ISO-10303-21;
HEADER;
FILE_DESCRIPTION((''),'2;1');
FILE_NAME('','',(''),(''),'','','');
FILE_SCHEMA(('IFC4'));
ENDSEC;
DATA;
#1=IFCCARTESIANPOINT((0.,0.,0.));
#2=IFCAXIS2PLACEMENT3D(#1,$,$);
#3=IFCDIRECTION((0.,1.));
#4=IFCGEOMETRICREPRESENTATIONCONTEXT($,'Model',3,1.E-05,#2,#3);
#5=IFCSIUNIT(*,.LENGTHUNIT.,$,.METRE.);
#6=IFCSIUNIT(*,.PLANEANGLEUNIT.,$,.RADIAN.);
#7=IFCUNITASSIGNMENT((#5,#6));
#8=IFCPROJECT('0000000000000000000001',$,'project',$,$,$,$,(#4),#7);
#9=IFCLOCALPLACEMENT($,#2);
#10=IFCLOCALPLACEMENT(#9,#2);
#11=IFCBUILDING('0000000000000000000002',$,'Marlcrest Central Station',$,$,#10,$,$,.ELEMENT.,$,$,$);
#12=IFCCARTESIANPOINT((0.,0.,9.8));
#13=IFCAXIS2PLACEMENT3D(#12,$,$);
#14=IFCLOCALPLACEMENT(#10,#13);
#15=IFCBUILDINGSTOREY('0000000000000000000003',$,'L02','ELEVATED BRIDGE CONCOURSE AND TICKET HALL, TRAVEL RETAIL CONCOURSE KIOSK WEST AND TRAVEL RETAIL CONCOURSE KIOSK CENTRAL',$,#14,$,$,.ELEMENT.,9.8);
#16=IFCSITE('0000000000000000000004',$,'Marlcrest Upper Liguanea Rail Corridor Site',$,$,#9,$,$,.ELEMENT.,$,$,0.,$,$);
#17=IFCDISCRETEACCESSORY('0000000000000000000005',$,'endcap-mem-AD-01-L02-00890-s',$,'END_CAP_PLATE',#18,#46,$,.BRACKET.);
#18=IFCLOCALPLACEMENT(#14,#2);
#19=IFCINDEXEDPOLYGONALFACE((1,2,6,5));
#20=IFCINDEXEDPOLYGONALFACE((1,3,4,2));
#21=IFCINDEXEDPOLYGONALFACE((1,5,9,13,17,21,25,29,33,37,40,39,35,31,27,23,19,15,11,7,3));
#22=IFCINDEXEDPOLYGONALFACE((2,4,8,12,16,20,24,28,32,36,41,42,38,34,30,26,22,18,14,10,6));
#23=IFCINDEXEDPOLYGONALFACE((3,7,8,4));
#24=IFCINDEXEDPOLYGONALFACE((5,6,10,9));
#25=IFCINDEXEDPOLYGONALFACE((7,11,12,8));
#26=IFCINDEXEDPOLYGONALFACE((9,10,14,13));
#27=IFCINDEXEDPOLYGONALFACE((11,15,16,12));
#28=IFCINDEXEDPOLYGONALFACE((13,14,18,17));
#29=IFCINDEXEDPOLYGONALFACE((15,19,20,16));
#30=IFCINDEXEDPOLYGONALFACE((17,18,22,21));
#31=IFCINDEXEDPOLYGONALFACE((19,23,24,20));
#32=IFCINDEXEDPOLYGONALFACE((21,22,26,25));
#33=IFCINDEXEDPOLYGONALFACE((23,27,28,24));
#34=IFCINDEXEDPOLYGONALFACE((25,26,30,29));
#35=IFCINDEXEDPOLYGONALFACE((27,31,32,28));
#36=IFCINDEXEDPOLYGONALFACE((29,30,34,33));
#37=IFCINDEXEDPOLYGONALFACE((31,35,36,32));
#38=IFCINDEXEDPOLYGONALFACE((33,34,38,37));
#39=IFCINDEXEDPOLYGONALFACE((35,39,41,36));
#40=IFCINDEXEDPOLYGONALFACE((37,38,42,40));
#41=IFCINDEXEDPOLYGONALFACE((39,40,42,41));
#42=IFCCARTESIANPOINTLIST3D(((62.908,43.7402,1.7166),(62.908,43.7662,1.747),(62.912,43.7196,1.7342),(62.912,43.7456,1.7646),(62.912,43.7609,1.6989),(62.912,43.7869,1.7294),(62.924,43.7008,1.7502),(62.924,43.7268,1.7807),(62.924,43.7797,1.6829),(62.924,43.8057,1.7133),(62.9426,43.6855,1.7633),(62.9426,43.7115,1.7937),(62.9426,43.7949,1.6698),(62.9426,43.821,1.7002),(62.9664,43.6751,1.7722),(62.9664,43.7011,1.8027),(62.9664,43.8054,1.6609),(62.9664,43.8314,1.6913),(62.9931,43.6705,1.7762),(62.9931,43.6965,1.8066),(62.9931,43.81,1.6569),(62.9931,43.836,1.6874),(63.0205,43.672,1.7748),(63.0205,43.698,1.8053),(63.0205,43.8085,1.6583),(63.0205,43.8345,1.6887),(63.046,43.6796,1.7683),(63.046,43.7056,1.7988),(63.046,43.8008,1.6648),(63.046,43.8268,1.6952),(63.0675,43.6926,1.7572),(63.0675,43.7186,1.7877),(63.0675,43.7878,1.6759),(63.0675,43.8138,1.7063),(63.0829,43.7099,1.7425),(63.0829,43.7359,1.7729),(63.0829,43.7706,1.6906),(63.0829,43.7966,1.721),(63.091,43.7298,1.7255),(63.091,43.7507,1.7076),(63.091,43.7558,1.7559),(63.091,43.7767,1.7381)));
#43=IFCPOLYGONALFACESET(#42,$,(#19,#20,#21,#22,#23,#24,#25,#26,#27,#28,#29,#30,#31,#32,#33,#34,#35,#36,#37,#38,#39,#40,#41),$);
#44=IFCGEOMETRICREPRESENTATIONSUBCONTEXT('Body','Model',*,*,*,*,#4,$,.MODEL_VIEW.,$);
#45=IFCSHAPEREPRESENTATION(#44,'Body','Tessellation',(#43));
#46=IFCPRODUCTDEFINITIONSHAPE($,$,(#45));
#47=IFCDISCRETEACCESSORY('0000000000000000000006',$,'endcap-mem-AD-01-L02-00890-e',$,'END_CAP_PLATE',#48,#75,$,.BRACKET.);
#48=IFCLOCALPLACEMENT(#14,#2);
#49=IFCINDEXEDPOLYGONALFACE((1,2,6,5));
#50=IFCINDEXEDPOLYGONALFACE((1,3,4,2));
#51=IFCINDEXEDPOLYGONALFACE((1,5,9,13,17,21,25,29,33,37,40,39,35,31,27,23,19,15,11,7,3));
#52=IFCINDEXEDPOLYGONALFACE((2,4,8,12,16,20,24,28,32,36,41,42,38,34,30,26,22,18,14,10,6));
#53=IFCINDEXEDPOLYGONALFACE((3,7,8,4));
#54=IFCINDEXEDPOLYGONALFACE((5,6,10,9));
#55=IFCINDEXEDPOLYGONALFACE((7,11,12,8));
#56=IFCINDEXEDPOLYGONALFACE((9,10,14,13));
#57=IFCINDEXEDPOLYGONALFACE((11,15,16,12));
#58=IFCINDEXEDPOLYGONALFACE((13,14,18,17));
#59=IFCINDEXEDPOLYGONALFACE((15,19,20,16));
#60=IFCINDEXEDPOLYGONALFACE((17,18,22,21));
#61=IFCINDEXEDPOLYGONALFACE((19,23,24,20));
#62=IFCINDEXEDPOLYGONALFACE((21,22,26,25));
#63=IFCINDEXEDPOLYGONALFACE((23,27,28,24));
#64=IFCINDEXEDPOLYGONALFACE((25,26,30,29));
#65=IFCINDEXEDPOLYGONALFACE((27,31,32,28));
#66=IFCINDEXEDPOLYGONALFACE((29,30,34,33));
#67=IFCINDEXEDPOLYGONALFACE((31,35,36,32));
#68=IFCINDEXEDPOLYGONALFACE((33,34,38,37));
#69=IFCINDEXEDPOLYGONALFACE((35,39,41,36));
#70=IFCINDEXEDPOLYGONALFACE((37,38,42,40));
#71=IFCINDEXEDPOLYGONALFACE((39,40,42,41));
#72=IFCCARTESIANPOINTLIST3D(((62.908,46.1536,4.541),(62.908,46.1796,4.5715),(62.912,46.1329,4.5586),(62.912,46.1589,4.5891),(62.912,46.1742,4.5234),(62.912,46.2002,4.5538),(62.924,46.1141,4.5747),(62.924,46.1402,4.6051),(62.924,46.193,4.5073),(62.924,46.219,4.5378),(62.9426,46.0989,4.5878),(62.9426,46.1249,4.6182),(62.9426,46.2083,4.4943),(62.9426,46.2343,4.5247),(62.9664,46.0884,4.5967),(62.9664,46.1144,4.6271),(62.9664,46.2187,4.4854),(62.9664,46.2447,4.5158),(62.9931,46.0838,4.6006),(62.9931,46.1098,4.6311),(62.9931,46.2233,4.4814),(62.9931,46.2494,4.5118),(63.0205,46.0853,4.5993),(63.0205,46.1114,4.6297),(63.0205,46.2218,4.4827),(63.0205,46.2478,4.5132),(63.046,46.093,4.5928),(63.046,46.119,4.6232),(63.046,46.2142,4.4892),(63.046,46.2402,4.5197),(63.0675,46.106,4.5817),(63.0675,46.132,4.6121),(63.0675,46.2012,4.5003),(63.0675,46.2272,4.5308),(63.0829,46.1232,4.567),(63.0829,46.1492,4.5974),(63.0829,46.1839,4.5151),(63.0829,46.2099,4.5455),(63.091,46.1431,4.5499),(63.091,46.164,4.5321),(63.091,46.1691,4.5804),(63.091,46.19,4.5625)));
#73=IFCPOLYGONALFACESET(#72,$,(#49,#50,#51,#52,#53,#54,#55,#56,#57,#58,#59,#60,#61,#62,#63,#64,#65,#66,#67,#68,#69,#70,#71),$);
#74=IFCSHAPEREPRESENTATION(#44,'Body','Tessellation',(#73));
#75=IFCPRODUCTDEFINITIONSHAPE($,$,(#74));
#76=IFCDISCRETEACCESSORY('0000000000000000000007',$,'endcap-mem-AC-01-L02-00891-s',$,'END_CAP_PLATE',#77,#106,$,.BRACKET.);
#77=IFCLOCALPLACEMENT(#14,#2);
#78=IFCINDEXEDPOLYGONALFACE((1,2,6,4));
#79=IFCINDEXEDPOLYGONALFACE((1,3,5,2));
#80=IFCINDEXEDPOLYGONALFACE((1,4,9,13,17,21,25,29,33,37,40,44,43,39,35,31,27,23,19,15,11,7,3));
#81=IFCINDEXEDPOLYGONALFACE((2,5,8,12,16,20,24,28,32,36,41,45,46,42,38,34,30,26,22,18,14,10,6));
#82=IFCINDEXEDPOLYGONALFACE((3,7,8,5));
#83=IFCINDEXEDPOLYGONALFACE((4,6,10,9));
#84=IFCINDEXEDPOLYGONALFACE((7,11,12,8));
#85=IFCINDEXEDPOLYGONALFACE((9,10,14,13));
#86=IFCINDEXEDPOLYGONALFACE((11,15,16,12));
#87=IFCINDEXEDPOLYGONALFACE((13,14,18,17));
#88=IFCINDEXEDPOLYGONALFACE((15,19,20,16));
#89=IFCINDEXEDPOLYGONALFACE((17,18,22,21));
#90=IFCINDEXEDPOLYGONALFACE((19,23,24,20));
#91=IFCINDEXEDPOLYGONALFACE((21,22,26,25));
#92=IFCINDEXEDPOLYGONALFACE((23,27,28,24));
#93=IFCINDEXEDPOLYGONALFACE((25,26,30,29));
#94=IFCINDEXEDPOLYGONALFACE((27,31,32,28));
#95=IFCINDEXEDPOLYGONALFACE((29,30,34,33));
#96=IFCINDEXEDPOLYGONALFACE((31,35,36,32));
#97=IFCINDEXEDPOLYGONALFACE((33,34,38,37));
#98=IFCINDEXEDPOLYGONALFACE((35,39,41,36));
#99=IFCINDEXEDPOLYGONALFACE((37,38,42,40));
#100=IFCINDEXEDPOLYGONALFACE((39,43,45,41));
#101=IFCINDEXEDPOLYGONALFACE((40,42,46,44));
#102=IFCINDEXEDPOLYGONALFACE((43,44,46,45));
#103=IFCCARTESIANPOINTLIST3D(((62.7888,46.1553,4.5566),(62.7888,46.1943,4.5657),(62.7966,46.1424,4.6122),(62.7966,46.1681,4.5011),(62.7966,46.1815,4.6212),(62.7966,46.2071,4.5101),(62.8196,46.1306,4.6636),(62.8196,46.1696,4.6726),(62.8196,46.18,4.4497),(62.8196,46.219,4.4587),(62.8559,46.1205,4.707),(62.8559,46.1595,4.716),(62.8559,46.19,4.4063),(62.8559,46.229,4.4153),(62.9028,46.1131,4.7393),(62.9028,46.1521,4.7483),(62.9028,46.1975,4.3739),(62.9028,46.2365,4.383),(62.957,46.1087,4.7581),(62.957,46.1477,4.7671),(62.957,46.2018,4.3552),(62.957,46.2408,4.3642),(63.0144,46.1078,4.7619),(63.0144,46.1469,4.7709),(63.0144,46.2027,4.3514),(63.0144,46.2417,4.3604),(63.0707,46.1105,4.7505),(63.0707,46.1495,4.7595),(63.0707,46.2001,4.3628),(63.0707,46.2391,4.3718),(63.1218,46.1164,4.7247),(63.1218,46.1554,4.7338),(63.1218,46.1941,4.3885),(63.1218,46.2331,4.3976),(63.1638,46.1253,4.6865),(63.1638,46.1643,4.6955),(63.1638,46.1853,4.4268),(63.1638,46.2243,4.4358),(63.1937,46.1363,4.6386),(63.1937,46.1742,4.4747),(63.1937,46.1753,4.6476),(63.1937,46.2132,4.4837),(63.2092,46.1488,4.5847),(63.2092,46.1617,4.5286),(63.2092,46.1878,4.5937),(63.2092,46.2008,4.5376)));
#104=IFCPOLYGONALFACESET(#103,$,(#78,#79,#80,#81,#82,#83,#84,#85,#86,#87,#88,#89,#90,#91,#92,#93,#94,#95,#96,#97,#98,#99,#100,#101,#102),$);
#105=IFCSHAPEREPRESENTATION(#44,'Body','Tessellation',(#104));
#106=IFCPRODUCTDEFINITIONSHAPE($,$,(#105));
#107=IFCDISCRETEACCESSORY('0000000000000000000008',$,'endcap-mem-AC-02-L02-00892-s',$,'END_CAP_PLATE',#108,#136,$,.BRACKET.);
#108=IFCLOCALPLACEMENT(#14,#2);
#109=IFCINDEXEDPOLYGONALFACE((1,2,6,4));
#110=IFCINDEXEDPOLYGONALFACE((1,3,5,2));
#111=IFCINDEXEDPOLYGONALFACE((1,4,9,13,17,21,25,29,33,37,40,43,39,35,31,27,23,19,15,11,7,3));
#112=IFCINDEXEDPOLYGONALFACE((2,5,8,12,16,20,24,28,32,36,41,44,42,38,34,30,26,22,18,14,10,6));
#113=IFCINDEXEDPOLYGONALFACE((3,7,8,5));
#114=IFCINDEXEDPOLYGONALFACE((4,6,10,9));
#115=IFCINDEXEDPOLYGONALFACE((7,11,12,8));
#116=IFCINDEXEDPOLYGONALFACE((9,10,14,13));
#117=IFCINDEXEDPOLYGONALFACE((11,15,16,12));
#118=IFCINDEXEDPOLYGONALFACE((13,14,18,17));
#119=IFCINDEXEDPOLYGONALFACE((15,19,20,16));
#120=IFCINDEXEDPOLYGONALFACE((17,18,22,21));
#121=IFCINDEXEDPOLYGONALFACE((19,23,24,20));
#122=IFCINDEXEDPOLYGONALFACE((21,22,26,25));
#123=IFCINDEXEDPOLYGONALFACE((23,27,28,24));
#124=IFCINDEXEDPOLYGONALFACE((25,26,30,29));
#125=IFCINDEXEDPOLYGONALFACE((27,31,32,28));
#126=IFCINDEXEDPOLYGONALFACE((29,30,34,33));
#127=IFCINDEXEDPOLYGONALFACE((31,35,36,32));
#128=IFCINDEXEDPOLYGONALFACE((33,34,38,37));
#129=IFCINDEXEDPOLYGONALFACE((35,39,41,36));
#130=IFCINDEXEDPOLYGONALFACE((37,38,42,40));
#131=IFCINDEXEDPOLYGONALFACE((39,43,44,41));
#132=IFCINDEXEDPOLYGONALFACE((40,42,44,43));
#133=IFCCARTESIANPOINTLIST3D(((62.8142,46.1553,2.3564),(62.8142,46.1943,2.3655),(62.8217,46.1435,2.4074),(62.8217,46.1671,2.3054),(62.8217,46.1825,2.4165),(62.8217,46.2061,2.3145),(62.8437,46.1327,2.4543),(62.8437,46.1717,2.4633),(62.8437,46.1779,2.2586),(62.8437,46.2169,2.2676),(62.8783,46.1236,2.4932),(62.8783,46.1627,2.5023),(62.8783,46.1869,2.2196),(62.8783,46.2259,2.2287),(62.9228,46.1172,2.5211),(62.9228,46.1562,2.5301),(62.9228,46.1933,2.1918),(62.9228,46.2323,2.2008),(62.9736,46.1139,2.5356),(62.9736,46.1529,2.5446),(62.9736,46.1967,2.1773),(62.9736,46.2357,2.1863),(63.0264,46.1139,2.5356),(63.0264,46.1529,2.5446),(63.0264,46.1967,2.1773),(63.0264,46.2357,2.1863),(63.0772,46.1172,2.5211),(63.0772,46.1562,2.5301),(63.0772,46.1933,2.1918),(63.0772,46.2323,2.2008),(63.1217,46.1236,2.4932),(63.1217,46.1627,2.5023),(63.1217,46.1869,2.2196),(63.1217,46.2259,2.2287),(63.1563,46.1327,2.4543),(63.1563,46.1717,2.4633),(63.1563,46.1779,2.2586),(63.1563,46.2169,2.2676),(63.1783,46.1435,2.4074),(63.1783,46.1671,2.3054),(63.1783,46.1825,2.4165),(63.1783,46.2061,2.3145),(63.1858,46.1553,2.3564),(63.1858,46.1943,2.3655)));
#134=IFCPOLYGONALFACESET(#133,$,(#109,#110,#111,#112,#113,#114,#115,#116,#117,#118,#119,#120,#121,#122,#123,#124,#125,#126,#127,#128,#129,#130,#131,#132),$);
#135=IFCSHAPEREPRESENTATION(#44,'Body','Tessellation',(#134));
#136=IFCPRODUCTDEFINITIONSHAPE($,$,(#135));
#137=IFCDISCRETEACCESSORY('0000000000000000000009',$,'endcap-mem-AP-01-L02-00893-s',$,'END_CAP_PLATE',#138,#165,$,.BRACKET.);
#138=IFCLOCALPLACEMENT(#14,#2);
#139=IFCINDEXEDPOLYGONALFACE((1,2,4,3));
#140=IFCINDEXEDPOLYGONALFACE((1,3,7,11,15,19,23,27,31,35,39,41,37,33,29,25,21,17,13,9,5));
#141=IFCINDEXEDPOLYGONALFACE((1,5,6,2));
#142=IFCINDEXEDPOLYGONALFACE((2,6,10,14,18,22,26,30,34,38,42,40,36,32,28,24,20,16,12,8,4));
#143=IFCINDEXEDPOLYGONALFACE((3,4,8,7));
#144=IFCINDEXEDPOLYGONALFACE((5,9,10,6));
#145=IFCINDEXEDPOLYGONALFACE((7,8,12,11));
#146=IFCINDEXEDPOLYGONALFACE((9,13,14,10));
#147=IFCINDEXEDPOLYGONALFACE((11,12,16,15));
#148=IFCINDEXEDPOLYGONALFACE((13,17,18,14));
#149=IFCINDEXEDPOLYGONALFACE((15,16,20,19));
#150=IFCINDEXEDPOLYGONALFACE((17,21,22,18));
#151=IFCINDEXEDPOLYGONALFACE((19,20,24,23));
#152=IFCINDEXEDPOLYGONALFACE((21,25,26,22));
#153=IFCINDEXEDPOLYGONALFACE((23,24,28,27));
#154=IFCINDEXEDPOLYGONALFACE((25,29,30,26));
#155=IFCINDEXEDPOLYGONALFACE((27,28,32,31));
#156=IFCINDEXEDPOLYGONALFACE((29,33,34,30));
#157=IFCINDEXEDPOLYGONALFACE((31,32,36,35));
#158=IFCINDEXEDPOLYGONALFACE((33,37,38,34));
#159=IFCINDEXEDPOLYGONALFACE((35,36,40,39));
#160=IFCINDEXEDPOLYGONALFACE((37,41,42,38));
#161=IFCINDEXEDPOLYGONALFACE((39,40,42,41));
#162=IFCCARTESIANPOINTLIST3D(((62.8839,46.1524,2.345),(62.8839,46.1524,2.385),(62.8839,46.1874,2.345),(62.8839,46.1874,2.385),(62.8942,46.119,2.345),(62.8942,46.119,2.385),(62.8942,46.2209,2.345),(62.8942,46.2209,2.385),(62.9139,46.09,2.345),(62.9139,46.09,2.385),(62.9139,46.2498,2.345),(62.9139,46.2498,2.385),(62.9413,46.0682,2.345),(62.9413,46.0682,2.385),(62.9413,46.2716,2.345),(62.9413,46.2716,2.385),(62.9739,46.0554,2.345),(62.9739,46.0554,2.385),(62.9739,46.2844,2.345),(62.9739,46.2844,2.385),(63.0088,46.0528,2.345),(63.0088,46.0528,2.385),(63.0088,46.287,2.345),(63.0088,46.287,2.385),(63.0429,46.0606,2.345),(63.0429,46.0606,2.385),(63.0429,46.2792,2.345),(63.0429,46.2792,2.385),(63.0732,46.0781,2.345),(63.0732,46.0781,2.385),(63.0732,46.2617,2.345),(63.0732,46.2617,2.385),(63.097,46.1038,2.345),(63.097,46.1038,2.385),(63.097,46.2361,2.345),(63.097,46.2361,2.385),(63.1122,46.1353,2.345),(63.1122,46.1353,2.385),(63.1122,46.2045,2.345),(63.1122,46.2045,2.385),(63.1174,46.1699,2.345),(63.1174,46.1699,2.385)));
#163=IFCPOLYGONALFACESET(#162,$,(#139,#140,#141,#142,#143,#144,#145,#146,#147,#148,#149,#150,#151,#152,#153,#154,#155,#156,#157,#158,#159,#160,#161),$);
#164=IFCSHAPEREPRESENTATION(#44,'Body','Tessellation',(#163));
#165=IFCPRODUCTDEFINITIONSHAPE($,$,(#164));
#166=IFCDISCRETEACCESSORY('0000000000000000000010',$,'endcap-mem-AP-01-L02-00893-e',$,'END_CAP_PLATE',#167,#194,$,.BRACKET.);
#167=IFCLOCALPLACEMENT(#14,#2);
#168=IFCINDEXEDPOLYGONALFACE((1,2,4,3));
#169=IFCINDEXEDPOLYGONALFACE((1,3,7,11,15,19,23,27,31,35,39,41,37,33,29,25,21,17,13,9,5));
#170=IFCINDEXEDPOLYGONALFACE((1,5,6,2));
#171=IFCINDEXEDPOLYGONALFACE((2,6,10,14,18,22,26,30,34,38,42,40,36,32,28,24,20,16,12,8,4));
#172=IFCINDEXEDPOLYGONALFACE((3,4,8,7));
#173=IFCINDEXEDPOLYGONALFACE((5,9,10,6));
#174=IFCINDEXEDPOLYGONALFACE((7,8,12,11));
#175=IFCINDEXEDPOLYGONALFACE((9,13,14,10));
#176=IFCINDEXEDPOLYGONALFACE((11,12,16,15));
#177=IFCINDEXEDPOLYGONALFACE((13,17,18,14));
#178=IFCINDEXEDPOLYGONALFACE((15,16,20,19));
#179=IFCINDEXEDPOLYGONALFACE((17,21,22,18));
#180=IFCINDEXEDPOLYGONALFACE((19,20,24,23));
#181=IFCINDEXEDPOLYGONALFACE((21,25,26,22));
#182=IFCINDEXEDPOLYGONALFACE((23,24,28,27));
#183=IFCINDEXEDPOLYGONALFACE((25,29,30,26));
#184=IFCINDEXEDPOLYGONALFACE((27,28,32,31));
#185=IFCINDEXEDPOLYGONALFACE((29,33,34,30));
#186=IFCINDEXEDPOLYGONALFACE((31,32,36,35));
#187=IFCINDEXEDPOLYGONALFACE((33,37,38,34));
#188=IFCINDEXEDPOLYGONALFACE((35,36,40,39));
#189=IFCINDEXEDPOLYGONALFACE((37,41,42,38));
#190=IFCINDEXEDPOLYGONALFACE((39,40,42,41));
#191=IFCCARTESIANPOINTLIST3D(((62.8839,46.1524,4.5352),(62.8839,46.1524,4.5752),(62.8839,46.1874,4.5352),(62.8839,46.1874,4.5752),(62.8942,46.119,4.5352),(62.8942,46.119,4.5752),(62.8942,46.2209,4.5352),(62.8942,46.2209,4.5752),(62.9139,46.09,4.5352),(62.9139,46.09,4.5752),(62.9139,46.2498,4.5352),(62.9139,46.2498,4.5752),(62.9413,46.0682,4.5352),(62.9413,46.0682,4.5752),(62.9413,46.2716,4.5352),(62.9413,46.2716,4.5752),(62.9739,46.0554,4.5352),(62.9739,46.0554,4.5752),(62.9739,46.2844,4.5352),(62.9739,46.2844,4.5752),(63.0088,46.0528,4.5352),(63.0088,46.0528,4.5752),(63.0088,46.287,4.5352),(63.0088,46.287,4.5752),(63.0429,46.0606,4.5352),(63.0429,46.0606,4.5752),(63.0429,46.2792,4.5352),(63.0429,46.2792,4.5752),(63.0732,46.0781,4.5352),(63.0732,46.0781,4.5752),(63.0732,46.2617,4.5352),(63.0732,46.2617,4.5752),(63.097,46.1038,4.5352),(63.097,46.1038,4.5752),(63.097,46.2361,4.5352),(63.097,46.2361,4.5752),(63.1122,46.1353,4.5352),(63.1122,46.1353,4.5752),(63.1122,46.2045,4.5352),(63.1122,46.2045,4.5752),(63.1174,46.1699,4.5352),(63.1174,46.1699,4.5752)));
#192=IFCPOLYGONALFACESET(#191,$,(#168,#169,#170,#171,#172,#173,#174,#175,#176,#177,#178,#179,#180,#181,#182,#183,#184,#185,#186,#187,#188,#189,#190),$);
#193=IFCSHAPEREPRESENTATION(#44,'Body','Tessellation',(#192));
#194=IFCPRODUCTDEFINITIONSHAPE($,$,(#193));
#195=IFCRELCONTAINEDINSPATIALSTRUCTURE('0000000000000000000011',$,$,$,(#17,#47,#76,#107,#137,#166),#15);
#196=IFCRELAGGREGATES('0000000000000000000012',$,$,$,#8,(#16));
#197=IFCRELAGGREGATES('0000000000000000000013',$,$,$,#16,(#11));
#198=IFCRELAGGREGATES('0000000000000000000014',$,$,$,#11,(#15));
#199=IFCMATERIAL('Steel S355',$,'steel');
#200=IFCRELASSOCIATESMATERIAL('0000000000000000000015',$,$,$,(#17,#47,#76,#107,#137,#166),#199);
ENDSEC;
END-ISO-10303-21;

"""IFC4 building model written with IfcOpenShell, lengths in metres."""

from ifc_helpers import new_model, si_unit, direction, frame, origin, origin_2d, place, context, subcontext, project, spatial, circle, extrude, material, element, save


model = new_model("IFC4")

# Units and contexts
model_context = context("Model", 3, precision=1e-05, world=origin(), true_north=direction((0.0, 1.0)))
body_context = subcontext(model_context, "Body", "Model", "MODEL_VIEW")
ifc_project = project(units=[si_unit("LENGTHUNIT", "METRE"), si_unit("PLANEANGLEUNIT", "RADIAN")], contexts=[model_context])

# Site, building, storey
site_placement = place(None, origin())
site = spatial("IfcSite", under=ifc_project, at=site_placement, Name="Marlcrest Upper Liguanea Rail Corridor Site", CompositionType="ELEMENT", RefElevation=0.0)
building_placement = place(site_placement, origin())
building = spatial("IfcBuilding", under=site, at=building_placement, Name="Marlcrest Central Station", CompositionType="ELEMENT")
storey_placement = place(building_placement, frame((0.0, 0.0, 9.8)))
storey = spatial("IfcBuildingStorey", under=building, at=storey_placement, Name="L02", Description="ELEVATED BRIDGE CONCOURSE AND TICKET HALL, TRAVEL RETAIL CONCOURSE KIOSK WEST AND TRAVEL RETAIL CONCOURSE KIOSK CENTRAL", CompositionType="ELEMENT", Elevation=9.8)

# Shared definitions
ifc_material_1 = material(Name="Steel S355", Category="steel")

# Discrete accessories
for number, where, z_axis, x_axis, name in (
    (1, (63.0, 43.7402, 1.7166), (0.0, 0.649625, 0.760255), (-1.0, 0.0, 0.0), "endcap-mem-AD-01-L02-00890-s"),
    (2, (63.0, 46.1536, 4.541), (0.0, 0.649625, 0.760255), (-1.0, 0.0, 0.0), "endcap-mem-AD-01-L02-00890-e"),
):
    element("IfcDiscreteAccessory", number, at=place(storey_placement, frame(where, z_axis=z_axis, x_axis=x_axis)), inside=storey, material=ifc_material_1, Name=name, ObjectType="END_CAP_PLATE", PredefinedType="BRACKET", context=body_context, shape_type="SweptSolid", body=[
        extrude(circle(Radius=0.092, at=origin_2d()), origin(), (0.0, 0.0, 1.0), 0.04),
    ])
discrete_accessory_1_placement = place(storey_placement, frame((63.0, 46.1553, 4.5566), z_axis=(0.0, 0.97433, 0.225126), x_axis=(-1.0, 0.0, 0.0)))
element("IfcDiscreteAccessory", 3, at=discrete_accessory_1_placement, inside=storey, material=ifc_material_1, Name="endcap-mem-AC-01-L02-00891-s", ObjectType="END_CAP_PLATE", PredefinedType="BRACKET", context=body_context, shape_type="SweptSolid", body=[
    extrude(circle(Radius=0.2112, at=origin_2d()), origin(), (0.0, 0.0, 1.0), 0.04),
])
discrete_accessory_2_placement = place(storey_placement, frame((63.0, 46.1553, 2.3564), z_axis=(0.0, 0.974308, 0.22522), x_axis=(-1.0, 0.0, 0.0)))
element("IfcDiscreteAccessory", 4, at=discrete_accessory_2_placement, inside=storey, material=ifc_material_1, Name="endcap-mem-AC-02-L02-00892-s", ObjectType="END_CAP_PLATE", PredefinedType="BRACKET", context=body_context, shape_type="SweptSolid", body=[
    extrude(circle(Radius=0.1858, at=origin_2d()), origin(), (0.0, 0.0, 1.0), 0.04),
])
for number, where, z_axis, x_axis, name in (
    (5, (63.0, 46.1699, 2.345), (0.0, 0.0, 1.0), (1.0, 0.0, 0.0), "endcap-mem-AP-01-L02-00893-s"),
    (6, (63.0, 46.1699, 4.5352), (0.0, 0.0, 1.0), (1.0, 0.0, 0.0), "endcap-mem-AP-01-L02-00893-e"),
):
    element("IfcDiscreteAccessory", number, at=place(storey_placement, frame(where, z_axis=z_axis, x_axis=x_axis)), inside=storey, material=ifc_material_1, Name=name, ObjectType="END_CAP_PLATE", PredefinedType="BRACKET", context=body_context, shape_type="SweptSolid", body=[
        extrude(circle(Radius=0.1174, at=origin_2d()), origin(), (0.0, 0.0, 1.0), 0.04),
    ])

save(model, "model.ifc")
